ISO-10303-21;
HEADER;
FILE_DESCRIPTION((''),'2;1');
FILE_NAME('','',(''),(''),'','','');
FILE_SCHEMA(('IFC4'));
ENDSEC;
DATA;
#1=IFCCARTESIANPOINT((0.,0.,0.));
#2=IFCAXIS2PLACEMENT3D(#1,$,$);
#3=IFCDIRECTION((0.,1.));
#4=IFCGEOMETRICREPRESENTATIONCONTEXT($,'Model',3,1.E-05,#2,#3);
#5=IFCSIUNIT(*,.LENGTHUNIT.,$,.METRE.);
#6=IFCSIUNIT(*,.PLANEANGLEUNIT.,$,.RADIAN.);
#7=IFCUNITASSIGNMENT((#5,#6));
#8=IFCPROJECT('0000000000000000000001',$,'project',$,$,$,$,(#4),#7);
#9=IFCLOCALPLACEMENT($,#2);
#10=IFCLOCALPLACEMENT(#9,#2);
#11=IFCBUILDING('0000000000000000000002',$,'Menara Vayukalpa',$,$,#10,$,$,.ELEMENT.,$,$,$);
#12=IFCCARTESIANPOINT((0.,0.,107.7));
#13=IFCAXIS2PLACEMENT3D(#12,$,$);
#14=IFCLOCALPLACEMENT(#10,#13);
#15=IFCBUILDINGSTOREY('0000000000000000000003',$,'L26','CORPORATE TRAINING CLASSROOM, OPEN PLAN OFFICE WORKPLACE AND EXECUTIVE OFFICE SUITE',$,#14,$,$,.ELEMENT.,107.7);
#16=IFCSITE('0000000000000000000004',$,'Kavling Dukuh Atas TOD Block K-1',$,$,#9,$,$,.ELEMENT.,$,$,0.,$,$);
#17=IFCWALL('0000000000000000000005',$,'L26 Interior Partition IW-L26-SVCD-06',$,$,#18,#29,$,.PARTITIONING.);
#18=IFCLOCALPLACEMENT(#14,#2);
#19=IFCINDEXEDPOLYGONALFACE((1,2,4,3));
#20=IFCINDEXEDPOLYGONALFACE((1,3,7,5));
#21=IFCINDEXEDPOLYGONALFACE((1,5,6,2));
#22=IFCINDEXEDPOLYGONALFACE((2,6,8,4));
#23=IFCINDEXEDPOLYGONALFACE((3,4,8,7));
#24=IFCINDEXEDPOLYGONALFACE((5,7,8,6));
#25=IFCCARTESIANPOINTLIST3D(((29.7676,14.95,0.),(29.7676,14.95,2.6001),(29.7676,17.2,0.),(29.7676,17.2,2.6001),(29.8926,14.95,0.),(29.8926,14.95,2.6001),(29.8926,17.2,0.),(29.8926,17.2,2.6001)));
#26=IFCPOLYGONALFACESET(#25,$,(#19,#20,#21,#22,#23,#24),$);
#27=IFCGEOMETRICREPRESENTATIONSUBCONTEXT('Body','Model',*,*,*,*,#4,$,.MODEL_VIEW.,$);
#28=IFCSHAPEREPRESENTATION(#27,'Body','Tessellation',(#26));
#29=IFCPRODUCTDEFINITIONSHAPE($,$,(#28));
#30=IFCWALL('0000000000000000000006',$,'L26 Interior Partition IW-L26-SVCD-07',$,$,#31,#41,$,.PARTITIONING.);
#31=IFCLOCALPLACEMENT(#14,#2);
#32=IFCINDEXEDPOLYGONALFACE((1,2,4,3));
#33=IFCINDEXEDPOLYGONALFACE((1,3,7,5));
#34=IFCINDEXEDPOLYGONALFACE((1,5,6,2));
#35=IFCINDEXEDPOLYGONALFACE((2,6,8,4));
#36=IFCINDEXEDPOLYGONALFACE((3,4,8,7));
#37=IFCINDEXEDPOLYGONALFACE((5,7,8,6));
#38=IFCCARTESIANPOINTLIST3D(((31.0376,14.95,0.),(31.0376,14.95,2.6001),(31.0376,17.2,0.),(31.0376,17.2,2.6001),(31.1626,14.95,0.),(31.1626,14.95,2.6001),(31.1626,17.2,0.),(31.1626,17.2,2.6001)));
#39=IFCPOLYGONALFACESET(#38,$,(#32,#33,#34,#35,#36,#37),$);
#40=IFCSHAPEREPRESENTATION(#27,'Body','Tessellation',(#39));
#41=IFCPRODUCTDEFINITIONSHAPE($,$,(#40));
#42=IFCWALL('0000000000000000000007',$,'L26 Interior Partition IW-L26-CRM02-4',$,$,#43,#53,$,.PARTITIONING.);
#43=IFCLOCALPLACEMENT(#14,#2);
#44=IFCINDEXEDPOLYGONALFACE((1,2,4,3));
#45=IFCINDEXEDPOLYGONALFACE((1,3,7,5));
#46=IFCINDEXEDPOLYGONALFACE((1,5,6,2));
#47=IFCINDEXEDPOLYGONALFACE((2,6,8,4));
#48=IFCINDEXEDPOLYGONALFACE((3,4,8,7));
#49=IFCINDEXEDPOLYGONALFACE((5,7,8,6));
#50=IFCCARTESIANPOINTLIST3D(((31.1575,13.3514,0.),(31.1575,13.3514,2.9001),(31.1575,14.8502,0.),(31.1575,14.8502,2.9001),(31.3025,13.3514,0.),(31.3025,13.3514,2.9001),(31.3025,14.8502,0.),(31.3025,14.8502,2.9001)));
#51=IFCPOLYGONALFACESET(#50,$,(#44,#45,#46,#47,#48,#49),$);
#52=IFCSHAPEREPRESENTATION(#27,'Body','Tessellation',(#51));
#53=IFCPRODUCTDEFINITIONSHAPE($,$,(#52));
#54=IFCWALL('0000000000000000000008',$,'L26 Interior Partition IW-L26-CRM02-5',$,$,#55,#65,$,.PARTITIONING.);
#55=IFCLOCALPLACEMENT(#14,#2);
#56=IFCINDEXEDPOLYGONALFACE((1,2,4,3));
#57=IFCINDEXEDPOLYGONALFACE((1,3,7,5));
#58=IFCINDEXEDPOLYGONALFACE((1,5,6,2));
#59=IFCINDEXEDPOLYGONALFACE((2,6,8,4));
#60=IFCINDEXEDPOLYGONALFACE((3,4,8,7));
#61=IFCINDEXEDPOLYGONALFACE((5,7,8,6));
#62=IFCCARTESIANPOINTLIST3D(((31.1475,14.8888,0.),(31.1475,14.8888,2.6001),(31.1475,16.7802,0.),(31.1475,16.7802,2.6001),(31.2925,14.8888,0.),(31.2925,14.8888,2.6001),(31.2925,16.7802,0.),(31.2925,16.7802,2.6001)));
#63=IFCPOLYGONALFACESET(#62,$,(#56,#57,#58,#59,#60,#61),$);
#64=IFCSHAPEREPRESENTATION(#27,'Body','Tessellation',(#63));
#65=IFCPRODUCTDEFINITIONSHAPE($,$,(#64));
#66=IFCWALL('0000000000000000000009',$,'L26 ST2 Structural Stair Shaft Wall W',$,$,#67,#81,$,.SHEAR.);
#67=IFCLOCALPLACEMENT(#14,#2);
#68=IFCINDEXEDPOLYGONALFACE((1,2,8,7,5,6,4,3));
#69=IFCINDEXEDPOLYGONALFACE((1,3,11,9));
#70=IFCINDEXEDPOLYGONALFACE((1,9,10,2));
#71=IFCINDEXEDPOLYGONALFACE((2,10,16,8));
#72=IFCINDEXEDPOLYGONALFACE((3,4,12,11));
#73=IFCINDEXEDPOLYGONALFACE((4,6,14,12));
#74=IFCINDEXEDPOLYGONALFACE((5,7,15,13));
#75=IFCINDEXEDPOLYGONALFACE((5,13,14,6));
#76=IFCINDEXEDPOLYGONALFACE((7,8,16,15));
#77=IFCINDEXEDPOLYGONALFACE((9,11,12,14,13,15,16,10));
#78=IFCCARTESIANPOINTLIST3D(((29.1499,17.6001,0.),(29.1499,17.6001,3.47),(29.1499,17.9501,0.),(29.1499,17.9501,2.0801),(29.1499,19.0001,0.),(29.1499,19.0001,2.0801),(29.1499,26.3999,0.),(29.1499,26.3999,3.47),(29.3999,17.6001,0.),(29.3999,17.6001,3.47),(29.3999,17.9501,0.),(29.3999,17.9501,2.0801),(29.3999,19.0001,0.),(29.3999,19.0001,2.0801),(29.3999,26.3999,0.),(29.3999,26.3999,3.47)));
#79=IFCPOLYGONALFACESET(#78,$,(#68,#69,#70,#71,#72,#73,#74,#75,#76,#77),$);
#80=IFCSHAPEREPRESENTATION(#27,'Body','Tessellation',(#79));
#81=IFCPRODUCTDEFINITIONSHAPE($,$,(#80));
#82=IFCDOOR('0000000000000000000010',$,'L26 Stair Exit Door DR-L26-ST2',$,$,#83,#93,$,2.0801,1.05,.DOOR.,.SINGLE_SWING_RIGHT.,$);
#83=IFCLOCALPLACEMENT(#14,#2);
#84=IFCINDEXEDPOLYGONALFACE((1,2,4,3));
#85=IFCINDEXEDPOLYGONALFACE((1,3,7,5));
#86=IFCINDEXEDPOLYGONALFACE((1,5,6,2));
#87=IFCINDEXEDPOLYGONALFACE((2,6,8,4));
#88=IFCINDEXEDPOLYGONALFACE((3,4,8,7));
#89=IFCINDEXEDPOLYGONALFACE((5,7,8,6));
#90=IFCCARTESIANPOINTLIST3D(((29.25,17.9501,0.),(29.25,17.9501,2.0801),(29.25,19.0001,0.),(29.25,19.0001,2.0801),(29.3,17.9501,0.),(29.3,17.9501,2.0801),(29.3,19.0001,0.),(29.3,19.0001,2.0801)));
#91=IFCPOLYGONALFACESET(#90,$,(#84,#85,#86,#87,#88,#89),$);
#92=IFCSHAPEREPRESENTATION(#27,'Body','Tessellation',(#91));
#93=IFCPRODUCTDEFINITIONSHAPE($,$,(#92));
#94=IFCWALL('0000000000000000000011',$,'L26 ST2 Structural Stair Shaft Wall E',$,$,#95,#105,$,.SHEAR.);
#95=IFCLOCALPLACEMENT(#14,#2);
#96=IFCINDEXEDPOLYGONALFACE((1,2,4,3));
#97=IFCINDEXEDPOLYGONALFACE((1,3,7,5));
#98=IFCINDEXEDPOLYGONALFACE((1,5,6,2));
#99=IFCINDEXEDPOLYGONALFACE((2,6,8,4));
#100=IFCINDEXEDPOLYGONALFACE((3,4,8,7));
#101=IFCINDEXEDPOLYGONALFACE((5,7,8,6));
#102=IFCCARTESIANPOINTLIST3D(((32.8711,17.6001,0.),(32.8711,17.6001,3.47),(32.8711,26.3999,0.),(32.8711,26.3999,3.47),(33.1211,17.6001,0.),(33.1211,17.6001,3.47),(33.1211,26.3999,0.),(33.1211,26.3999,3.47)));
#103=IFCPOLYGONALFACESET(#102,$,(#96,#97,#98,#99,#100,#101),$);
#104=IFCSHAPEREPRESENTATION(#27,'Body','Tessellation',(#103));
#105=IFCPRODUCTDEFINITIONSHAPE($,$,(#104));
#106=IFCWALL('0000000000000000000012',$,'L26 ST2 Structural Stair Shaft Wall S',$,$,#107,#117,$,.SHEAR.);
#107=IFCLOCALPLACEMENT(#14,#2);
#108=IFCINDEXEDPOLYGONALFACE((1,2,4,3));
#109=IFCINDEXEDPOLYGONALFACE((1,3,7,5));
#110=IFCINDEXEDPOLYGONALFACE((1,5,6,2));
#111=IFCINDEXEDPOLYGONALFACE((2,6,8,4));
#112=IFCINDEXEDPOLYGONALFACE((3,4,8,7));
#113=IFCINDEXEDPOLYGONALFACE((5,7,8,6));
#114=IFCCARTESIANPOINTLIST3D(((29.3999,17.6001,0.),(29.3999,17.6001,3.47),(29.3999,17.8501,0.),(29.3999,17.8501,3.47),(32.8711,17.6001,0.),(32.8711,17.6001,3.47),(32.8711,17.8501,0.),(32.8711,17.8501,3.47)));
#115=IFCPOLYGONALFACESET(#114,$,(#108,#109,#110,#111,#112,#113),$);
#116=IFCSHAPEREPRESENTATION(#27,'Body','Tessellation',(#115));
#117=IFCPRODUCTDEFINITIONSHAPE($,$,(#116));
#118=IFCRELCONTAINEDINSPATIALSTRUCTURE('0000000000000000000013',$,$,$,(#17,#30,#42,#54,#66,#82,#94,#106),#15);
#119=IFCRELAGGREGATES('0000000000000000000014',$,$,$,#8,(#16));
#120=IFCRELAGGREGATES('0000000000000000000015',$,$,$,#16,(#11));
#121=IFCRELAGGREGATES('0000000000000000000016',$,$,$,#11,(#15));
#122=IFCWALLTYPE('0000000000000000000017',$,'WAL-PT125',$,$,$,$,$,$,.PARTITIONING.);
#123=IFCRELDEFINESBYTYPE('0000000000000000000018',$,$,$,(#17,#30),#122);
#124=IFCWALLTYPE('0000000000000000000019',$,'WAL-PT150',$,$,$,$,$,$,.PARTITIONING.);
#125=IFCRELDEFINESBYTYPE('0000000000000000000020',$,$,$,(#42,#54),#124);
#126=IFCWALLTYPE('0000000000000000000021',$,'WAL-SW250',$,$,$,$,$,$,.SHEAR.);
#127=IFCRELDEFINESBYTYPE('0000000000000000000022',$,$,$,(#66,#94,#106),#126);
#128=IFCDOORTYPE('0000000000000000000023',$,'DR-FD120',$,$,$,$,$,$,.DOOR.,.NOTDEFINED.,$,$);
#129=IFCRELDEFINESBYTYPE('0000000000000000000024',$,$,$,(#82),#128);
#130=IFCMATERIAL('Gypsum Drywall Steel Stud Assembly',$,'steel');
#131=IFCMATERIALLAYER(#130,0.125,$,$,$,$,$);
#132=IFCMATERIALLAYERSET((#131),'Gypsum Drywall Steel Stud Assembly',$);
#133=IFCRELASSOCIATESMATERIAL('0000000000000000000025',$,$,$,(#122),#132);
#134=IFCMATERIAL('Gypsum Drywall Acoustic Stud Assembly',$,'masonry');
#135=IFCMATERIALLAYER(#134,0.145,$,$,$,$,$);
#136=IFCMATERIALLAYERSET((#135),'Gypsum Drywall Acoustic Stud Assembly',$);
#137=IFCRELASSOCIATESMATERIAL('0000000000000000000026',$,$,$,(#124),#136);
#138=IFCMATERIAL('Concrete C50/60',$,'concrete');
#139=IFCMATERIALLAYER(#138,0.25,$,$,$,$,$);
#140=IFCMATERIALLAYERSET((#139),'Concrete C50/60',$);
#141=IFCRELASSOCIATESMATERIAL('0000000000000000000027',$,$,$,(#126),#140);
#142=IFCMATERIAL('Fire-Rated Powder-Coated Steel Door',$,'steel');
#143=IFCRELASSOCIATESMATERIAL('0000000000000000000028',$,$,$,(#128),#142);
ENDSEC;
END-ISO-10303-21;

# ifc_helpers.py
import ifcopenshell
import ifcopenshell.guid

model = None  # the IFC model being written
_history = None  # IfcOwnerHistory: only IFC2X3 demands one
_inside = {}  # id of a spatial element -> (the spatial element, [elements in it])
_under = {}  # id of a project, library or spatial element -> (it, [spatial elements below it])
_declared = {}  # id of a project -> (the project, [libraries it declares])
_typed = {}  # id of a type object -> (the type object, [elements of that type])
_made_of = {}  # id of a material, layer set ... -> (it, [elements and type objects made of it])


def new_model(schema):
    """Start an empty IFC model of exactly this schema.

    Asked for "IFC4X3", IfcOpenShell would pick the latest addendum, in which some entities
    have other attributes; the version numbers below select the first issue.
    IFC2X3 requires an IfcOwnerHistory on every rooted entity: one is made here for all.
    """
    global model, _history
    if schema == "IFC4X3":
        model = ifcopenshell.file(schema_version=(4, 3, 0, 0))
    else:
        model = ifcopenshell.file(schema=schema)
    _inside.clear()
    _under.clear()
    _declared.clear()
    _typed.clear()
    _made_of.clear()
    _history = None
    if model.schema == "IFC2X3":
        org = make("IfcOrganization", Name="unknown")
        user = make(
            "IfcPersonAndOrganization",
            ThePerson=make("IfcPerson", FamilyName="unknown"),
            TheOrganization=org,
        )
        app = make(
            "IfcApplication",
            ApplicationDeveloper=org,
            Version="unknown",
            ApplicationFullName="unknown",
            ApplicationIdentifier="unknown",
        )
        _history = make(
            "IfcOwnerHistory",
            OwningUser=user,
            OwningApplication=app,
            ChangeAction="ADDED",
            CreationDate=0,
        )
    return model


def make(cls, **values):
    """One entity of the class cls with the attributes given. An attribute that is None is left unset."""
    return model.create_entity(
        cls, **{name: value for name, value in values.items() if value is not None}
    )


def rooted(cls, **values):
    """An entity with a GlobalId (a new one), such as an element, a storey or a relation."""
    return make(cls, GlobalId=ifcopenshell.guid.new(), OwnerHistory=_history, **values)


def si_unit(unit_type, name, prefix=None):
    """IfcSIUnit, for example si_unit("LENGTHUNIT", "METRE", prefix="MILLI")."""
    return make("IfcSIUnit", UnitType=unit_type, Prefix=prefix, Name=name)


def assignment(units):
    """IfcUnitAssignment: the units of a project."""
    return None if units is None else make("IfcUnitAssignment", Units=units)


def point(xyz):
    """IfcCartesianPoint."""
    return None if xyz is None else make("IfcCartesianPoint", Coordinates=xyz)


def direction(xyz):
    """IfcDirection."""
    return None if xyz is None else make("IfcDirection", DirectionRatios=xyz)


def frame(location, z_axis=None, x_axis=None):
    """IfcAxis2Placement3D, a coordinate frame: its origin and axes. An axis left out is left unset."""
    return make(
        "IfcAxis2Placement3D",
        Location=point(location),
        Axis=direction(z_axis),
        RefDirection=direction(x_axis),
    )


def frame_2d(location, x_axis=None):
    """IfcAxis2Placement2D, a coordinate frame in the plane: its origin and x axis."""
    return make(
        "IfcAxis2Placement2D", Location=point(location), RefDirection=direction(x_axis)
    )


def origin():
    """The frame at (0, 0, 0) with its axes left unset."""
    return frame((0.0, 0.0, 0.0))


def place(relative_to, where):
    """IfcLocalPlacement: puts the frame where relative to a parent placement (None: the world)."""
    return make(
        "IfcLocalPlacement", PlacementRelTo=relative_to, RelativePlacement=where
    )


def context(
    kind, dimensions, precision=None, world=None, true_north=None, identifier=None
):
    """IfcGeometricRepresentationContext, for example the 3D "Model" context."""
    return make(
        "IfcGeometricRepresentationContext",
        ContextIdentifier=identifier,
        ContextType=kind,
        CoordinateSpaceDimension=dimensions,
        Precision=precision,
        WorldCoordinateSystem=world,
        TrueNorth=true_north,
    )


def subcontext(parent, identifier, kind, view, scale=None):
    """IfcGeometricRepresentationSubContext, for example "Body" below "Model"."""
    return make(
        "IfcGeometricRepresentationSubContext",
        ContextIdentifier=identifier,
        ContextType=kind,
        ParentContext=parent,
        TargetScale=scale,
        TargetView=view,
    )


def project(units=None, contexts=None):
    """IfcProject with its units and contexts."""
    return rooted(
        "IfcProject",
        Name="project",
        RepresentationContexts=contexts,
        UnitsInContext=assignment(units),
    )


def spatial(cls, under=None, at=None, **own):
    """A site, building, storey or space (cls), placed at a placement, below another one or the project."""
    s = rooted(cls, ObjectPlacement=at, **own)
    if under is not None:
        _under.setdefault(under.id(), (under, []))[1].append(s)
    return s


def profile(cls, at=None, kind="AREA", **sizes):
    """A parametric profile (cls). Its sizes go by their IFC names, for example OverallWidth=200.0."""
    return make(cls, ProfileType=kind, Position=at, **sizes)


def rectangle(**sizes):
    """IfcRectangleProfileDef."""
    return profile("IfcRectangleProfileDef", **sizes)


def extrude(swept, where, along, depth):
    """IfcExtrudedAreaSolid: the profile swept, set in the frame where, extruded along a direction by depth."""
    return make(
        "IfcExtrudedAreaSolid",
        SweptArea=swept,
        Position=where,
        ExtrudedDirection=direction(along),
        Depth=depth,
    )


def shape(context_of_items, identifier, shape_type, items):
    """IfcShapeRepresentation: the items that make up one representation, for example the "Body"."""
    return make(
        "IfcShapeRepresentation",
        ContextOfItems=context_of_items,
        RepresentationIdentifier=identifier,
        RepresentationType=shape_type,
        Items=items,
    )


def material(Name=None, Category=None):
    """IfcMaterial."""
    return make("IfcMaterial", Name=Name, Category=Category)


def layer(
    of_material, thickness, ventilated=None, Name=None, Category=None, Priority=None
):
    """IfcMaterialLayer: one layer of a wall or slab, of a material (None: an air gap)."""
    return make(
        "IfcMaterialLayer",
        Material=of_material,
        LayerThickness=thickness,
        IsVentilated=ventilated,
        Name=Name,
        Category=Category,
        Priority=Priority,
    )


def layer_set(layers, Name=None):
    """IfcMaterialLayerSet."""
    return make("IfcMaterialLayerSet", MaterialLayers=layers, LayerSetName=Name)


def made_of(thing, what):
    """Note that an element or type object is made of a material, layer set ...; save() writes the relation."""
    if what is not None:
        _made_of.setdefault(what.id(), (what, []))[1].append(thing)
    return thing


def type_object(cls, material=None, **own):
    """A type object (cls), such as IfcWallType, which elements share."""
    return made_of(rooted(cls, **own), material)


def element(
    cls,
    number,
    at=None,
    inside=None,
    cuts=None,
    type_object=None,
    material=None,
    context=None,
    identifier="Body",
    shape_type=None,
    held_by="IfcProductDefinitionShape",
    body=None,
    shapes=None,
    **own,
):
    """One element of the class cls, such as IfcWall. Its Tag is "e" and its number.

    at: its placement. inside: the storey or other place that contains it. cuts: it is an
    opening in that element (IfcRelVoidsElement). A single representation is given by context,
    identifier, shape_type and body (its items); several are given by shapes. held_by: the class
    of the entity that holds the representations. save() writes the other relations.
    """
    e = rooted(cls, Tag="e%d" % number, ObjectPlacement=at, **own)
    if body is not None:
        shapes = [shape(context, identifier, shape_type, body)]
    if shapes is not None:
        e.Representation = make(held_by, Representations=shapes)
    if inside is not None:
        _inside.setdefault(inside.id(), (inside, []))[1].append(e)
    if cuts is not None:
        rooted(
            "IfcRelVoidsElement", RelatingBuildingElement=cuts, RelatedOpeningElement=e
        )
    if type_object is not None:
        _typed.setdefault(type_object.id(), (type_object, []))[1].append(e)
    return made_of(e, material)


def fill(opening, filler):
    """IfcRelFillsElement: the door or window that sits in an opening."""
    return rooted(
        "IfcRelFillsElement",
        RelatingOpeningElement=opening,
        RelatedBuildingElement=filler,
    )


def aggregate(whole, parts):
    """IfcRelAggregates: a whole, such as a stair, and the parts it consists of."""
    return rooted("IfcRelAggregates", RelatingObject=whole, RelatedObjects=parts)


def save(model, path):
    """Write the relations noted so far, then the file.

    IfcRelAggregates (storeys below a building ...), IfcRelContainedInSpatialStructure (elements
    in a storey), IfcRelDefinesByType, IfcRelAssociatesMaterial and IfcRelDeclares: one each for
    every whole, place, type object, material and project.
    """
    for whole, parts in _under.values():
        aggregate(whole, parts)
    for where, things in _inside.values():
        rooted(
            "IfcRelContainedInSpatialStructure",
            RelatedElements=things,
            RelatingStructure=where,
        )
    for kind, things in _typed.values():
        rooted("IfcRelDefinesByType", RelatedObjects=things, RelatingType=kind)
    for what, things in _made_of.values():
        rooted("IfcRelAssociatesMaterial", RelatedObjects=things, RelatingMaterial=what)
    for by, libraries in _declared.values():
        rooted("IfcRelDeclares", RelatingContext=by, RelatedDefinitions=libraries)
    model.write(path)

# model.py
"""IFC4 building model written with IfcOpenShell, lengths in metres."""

from ifc_helpers import new_model, si_unit, direction, frame, frame_2d, origin, place, context, subcontext, project, spatial, rectangle, extrude, material, layer, layer_set, type_object, element, fill, save


model = new_model("IFC4")

# Units and contexts
model_context = context("Model", 3, precision=1e-05, world=origin(), true_north=direction((0.0, 1.0)))
body_context = subcontext(model_context, "Body", "Model", "MODEL_VIEW")
ifc_project = project(units=[si_unit("LENGTHUNIT", "METRE"), si_unit("PLANEANGLEUNIT", "RADIAN")], contexts=[model_context])

# Site, building, storey
site_placement = place(None, origin())
site = spatial("IfcSite", under=ifc_project, at=site_placement, Name="Kavling Dukuh Atas TOD Block K-1", CompositionType="ELEMENT", RefElevation=0.0)
building_placement = place(site_placement, origin())
building = spatial("IfcBuilding", under=site, at=building_placement, Name="Menara Vayukalpa", CompositionType="ELEMENT")
storey_placement = place(building_placement, frame((0.0, 0.0, 107.7)))
storey = spatial("IfcBuildingStorey", under=building, at=storey_placement, Name="L26", Description="CORPORATE TRAINING CLASSROOM, OPEN PLAN OFFICE WORKPLACE AND EXECUTIVE OFFICE SUITE", CompositionType="ELEMENT", Elevation=107.7)

# Walls
ifc_material_1 = material(Name="Gypsum Drywall Steel Stud Assembly", Category="steel")
ifc_layer_1 = layer(ifc_material_1, 0.125)
ifc_layer_set_1 = layer_set([ifc_layer_1], Name="Gypsum Drywall Steel Stud Assembly")
wall_type_1 = type_object("IfcWallType", Name="WAL-PT125", PredefinedType="PARTITIONING", material=ifc_layer_set_1)
for number, where, z_axis, x_axis, name in (
    (1, (29.8301, 14.95, 0.0), (0.0, 0.0, 1.0), (0.0, 1.0, 0.0), "L26 Interior Partition IW-L26-SVCD-06"),
    (2, (31.1001, 14.95, 0.0), (0.0, 0.0, 1.0), (0.0, 1.0, 0.0), "L26 Interior Partition IW-L26-SVCD-07"),
):
    element("IfcWall", number, at=place(storey_placement, frame(where, z_axis=z_axis, x_axis=x_axis)), inside=storey, type_object=wall_type_1, Name=name, PredefinedType="PARTITIONING", context=body_context, shape_type="SweptSolid", body=[
        extrude(rectangle(XDim=2.25, YDim=0.125, at=frame_2d((1.125, 0.0))), origin(), (0.0, 0.0, 1.0), 2.6001),
    ])
ifc_material_2 = material(Name="Gypsum Drywall Acoustic Stud Assembly", Category="masonry")
ifc_layer_2 = layer(ifc_material_2, 0.145)
ifc_layer_set_2 = layer_set([ifc_layer_2], Name="Gypsum Drywall Acoustic Stud Assembly")
wall_type_2 = type_object("IfcWallType", Name="WAL-PT150", PredefinedType="PARTITIONING", material=ifc_layer_set_2)
wall_1_placement = place(storey_placement, frame((31.23, 13.3513, 0.0), z_axis=(0.0, 0.0, 1.0), x_axis=(0.0, 1.0, 0.0)))
element("IfcWall", 3, at=wall_1_placement, inside=storey, type_object=wall_type_2, Name="L26 Interior Partition IW-L26-CRM02-4", PredefinedType="PARTITIONING", context=body_context, shape_type="SweptSolid", body=[
    extrude(rectangle(XDim=1.4988, YDim=0.145, at=frame_2d((0.7495, 0.0))), origin(), (0.0, 0.0, 1.0), 2.9001),
])
wall_2_placement = place(storey_placement, frame((31.22, 14.8887, 0.0), z_axis=(0.0, 0.0, 1.0), x_axis=(0.0, 1.0, 0.0)))
element("IfcWall", 4, at=wall_2_placement, inside=storey, type_object=wall_type_2, Name="L26 Interior Partition IW-L26-CRM02-5", PredefinedType="PARTITIONING", context=body_context, shape_type="SweptSolid", body=[
    extrude(rectangle(XDim=1.8914, YDim=0.145, at=frame_2d((0.9458, 0.0))), origin(), (0.0, 0.0, 1.0), 2.6001),
])

# Wall, opening, door
ifc_material_3 = material(Name="Concrete C50/60", Category="concrete")
ifc_layer_3 = layer(ifc_material_3, 0.25)
ifc_layer_set_3 = layer_set([ifc_layer_3], Name="Concrete C50/60")
wall_type_3 = type_object("IfcWallType", Name="WAL-SW250", PredefinedType="SHEAR", material=ifc_layer_set_3)
wall_3_placement = place(storey_placement, frame((29.2749, 17.6001, 0.0), z_axis=(0.0, 0.0, 1.0), x_axis=(0.0, 1.0, 0.0)))
wall_3 = element("IfcWall", 5, at=wall_3_placement, inside=storey, type_object=wall_type_3, Name="L26 ST2 Structural Stair Shaft Wall W", PredefinedType="SHEAR", context=body_context, shape_type="SweptSolid", body=[
    extrude(rectangle(XDim=8.7998, YDim=0.25, at=frame_2d((4.3999, 0.0))), origin(), (0.0, 0.0, 1.0), 3.47),
])
opening_placement = place(wall_3_placement, frame((0.3501, 0.0, 0.0)))
opening = element("IfcOpeningElement", 6, at=opening_placement, cuts=wall_3, PredefinedType="OPENING", context=body_context, shape_type="SweptSolid", body=[
    extrude(rectangle(XDim=1.05, YDim=2.0801, at=frame_2d((0.5249, 1.04))), frame((0.0, 0.135, 0.0), z_axis=(0.0, -1.0, 0.0), x_axis=(1.0, 0.0, 0.0)), (0.0, 0.0, 1.0), 0.27),
])
ifc_material_4 = material(Name="Fire-Rated Powder-Coated Steel Door", Category="steel")
door_type = type_object("IfcDoorType", Name="DR-FD120", OperationType="NOTDEFINED", PredefinedType="DOOR", material=ifc_material_4)
door_placement = place(opening_placement, origin())
door = element("IfcDoor", 7, at=door_placement, inside=storey, type_object=door_type, Name="L26 Stair Exit Door DR-L26-ST2", OperationType="SINGLE_SWING_RIGHT", OverallHeight=2.0801, OverallWidth=1.05, PredefinedType="DOOR", context=body_context, shape_type="SweptSolid", body=[
    extrude(rectangle(XDim=1.05, YDim=2.0801, at=frame_2d((0.5249, 1.04))), frame((0.0, 0.0249, 0.0), z_axis=(0.0, -1.0, 0.0), x_axis=(1.0, 0.0, 0.0)), (0.0, 0.0, 1.0), 0.05),
])
fill(opening, door)

# Walls
wall_4_placement = place(storey_placement, frame((32.9961, 17.6001, 0.0), z_axis=(0.0, 0.0, 1.0), x_axis=(0.0, 1.0, 0.0)))
element("IfcWall", 8, at=wall_4_placement, inside=storey, type_object=wall_type_3, Name="L26 ST2 Structural Stair Shaft Wall E", PredefinedType="SHEAR", context=body_context, shape_type="SweptSolid", body=[
    extrude(rectangle(XDim=8.7998, YDim=0.25, at=frame_2d((4.3999, 0.0))), origin(), (0.0, 0.0, 1.0), 3.47),
])
wall_5_placement = place(storey_placement, frame((29.3999, 17.7251, 0.0), z_axis=(0.0, 0.0, 1.0), x_axis=(1.0, 0.0, 0.0)))
element("IfcWall", 9, at=wall_5_placement, inside=storey, type_object=wall_type_3, Name="L26 ST2 Structural Stair Shaft Wall S", PredefinedType="SHEAR", context=body_context, shape_type="SweptSolid", body=[
    extrude(rectangle(XDim=3.4712, YDim=0.25, at=frame_2d((1.7356, 0.0))), origin(), (0.0, 0.0, 1.0), 3.47),
])

save(model, "model.ifc")
